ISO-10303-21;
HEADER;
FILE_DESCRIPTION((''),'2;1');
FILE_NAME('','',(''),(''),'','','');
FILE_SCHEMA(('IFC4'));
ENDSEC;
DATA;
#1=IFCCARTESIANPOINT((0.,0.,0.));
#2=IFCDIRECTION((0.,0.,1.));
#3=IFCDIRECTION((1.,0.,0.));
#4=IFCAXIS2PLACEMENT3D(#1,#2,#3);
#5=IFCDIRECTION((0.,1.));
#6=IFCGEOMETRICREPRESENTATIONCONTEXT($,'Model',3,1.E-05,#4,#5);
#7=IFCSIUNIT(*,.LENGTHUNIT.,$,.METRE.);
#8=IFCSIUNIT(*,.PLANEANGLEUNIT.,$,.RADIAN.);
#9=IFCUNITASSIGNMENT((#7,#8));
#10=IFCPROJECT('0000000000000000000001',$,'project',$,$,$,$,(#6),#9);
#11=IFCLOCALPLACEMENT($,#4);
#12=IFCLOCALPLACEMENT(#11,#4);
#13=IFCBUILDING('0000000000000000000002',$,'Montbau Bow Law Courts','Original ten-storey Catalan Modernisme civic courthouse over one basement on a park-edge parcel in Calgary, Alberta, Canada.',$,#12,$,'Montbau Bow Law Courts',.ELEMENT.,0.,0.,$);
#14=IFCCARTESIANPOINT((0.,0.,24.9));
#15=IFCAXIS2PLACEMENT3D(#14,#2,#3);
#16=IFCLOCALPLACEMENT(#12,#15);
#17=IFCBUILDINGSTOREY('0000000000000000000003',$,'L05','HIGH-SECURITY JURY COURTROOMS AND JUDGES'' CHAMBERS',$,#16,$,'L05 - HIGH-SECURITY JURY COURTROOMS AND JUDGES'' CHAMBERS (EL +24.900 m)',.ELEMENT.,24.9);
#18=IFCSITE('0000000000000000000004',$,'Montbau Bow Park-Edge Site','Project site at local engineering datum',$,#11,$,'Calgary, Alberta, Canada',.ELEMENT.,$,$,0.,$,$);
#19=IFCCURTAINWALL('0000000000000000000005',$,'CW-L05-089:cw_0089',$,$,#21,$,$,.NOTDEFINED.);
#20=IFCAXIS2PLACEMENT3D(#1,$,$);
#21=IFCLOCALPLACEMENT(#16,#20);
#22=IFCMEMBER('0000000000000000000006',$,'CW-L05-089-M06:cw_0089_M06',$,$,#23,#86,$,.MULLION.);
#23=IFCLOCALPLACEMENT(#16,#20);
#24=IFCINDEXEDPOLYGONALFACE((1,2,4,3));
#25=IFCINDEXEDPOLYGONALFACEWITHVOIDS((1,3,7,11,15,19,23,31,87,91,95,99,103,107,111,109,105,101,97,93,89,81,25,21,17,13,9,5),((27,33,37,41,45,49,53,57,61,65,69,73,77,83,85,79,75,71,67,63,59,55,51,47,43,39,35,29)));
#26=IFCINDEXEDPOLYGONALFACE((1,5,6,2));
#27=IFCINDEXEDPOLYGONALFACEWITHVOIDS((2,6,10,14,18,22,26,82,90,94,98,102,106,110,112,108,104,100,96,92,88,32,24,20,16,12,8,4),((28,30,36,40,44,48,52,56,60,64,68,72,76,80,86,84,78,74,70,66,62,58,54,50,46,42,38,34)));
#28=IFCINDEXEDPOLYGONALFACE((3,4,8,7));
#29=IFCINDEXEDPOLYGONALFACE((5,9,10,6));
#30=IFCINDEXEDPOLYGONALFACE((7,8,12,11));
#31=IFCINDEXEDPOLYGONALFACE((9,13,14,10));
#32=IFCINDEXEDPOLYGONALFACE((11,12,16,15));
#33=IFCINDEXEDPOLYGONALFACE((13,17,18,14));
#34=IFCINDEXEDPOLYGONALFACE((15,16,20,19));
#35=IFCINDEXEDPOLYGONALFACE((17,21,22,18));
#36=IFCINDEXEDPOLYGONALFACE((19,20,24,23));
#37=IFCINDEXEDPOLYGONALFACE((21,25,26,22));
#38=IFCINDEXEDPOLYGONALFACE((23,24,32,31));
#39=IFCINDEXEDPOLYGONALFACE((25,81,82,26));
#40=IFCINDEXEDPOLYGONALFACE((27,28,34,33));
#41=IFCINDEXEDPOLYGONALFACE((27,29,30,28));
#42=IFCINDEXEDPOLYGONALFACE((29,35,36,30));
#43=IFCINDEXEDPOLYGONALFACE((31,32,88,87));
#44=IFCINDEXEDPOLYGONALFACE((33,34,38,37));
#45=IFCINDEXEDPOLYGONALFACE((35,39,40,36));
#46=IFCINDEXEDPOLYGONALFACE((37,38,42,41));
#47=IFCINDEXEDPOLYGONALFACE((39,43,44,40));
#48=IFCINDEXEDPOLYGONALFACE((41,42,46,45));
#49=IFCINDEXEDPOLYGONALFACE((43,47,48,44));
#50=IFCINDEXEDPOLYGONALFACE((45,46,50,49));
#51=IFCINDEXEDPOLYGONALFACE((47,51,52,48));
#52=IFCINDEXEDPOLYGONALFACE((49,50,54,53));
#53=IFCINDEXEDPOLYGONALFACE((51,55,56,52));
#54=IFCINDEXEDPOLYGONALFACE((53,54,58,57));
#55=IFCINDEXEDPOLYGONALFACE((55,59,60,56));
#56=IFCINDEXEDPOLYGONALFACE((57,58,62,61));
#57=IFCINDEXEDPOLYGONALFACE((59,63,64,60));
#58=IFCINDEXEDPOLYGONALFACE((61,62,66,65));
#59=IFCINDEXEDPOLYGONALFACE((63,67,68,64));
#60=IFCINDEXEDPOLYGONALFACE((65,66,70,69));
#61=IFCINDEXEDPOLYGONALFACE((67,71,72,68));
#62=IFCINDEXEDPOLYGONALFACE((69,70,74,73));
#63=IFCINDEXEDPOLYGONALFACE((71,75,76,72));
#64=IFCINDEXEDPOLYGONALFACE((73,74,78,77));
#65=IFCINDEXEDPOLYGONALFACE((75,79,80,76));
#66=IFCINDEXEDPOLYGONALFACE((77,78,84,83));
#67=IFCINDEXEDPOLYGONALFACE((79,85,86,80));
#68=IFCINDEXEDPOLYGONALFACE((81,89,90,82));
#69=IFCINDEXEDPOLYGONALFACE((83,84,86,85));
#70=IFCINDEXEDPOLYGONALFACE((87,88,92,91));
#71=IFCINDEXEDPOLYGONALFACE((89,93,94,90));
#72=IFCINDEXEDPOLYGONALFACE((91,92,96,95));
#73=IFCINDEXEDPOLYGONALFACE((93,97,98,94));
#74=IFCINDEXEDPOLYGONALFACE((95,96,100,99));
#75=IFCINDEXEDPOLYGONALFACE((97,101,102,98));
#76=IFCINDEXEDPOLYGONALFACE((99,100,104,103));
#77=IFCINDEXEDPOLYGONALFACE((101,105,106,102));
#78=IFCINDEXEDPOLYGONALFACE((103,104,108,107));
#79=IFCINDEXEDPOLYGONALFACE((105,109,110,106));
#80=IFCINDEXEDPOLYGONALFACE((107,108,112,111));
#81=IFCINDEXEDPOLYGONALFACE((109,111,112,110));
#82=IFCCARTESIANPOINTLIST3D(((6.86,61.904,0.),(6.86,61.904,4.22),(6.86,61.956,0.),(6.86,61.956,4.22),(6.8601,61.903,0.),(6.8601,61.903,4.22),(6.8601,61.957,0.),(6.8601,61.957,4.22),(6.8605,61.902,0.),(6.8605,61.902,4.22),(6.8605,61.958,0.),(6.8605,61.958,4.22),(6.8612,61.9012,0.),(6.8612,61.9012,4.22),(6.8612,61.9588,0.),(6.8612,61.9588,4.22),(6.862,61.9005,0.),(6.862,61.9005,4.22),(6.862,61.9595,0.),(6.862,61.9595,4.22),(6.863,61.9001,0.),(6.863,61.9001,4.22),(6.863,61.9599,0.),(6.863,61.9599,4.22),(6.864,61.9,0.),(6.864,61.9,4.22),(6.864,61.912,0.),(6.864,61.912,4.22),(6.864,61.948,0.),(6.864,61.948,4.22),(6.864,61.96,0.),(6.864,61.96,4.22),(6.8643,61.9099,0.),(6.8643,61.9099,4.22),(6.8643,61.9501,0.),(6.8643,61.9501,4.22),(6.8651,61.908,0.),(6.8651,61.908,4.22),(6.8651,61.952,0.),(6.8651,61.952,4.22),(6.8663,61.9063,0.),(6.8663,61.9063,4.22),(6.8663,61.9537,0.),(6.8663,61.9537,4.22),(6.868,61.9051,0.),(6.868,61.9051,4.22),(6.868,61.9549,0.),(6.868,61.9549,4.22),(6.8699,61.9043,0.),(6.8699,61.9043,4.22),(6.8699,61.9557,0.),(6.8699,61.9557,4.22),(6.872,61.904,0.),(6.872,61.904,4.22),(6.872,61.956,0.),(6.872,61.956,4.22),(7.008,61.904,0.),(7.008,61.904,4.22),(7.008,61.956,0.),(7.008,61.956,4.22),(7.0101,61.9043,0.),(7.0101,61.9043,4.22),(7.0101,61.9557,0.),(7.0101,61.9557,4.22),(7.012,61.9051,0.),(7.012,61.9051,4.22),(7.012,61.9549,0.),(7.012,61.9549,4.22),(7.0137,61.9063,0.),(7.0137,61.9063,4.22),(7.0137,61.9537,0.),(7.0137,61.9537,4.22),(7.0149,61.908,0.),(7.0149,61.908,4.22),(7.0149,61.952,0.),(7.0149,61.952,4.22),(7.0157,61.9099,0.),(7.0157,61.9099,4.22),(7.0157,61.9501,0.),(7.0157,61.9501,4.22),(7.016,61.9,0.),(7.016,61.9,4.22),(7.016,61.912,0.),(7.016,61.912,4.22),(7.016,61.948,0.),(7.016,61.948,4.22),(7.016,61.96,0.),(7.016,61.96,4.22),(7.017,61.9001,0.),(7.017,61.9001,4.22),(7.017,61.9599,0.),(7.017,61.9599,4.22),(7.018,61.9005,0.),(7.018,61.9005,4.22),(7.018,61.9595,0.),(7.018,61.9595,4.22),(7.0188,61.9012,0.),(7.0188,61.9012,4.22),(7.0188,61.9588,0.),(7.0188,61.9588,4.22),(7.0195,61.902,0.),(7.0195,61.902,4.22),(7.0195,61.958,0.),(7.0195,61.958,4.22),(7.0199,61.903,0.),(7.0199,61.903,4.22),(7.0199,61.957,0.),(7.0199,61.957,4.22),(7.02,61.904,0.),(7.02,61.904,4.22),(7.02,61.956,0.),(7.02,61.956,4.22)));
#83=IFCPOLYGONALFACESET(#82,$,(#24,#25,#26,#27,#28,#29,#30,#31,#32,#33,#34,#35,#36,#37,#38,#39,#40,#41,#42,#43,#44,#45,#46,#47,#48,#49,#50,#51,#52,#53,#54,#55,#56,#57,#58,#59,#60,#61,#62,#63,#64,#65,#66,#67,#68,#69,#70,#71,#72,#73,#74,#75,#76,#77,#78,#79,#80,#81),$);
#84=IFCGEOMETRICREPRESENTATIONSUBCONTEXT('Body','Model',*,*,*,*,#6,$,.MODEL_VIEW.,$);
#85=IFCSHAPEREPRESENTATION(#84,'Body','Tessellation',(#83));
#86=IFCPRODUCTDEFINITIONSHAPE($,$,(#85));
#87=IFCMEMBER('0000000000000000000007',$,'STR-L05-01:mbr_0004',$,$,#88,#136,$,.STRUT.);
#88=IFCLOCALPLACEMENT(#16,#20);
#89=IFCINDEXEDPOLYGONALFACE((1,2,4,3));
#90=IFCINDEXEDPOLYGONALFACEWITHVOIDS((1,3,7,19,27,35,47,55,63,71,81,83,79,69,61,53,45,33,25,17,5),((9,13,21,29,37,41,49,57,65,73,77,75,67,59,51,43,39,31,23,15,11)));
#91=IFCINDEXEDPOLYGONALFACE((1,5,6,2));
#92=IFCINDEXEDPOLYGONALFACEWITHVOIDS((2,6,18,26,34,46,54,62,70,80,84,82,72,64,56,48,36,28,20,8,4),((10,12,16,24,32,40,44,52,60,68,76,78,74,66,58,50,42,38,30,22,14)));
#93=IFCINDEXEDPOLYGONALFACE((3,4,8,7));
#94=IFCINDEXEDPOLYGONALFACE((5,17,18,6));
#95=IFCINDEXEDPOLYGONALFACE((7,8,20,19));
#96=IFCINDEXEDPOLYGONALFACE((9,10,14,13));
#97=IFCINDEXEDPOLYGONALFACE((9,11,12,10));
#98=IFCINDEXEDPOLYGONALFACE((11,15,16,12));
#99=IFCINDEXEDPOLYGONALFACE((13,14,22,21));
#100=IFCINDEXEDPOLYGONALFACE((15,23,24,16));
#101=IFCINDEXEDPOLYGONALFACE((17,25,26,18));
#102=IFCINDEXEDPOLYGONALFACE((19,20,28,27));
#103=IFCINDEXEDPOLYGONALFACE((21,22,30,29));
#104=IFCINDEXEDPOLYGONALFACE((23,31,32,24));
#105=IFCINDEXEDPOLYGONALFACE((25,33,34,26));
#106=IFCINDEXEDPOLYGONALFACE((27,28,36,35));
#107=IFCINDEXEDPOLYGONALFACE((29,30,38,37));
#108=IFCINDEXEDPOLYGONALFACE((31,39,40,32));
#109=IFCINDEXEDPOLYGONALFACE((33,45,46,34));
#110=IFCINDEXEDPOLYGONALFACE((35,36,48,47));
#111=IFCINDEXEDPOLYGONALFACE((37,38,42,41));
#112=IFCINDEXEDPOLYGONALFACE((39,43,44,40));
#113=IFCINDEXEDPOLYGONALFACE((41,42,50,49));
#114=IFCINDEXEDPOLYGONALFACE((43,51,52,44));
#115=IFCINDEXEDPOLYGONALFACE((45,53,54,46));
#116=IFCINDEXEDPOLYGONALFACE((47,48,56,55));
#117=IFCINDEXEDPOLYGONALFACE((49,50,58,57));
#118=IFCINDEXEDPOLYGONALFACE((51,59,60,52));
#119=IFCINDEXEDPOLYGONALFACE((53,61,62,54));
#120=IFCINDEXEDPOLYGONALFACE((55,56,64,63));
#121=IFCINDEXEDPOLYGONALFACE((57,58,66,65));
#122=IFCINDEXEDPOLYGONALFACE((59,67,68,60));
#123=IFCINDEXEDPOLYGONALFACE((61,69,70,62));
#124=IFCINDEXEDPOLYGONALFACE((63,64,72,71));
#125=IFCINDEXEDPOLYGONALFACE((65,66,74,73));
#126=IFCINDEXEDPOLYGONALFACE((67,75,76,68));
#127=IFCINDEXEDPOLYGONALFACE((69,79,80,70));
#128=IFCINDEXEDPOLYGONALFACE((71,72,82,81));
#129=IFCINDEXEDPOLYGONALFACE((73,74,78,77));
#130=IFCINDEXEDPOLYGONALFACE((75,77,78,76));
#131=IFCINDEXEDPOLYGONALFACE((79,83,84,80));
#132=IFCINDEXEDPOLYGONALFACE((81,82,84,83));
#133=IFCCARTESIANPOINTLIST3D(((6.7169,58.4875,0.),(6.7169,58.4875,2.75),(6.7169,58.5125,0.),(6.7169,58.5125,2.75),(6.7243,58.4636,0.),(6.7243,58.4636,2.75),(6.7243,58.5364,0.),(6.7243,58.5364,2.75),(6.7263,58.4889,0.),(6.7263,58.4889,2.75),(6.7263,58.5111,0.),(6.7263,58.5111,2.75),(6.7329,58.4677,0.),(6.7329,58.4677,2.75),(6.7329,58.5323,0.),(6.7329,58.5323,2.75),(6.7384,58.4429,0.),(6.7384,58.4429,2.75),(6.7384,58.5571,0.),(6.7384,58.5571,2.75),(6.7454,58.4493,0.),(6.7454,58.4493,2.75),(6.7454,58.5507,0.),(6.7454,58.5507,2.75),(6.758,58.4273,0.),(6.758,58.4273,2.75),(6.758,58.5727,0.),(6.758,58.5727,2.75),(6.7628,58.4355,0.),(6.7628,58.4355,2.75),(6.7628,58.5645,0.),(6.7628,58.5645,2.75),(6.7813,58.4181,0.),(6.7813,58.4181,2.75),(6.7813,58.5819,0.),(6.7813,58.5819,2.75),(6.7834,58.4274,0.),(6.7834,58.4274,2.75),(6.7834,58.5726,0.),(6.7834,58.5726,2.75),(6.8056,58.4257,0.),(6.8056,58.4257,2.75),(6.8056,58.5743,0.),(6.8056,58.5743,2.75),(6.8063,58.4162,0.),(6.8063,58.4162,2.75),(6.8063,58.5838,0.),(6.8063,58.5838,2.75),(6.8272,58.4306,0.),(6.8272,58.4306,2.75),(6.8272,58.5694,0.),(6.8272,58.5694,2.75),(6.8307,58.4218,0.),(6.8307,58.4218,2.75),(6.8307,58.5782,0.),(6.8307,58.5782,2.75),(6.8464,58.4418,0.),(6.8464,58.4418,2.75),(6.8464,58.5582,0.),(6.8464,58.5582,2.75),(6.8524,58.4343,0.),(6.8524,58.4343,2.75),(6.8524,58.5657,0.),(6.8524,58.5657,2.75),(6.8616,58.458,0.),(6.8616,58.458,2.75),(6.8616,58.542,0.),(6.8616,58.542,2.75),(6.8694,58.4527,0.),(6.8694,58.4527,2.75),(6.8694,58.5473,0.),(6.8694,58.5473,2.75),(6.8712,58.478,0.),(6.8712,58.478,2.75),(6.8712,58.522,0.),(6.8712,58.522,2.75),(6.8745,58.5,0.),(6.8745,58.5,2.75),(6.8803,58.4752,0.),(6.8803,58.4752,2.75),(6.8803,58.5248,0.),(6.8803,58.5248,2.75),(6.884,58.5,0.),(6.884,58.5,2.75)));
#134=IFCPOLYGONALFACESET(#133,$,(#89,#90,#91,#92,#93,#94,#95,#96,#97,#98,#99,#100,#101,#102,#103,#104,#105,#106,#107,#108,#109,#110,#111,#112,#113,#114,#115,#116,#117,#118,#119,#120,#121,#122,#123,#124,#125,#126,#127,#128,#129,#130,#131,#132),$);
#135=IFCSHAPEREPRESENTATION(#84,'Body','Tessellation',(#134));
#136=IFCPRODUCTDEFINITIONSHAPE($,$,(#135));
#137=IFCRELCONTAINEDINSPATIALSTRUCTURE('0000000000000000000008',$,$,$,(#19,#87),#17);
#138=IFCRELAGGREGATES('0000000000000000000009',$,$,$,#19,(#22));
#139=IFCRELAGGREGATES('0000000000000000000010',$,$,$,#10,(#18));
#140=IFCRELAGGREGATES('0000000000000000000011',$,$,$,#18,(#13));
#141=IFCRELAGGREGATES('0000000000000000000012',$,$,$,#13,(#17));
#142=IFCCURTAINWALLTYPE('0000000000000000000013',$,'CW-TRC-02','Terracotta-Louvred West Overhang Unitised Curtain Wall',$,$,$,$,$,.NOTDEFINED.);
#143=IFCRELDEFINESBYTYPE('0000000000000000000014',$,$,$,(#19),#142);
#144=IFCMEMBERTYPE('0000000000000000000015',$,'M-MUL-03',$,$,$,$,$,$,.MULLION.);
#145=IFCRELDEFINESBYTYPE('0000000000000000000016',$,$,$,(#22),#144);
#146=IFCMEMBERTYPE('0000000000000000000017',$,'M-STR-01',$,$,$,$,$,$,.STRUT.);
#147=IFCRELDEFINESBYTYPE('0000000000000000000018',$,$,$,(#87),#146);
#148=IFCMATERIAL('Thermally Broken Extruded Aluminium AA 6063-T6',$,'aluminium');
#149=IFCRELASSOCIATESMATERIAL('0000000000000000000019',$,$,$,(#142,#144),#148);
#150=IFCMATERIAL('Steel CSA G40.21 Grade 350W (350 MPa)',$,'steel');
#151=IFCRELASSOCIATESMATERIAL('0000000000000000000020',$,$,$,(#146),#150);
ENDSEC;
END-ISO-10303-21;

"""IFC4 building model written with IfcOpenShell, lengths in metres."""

from ifc_helpers import new_model, si_unit, direction, frame, origin_with_axes, origin_2d_with_axis, place, context, subcontext, project, spatial, hollow_rectangle, hollow_circle, extrude, material, material_profile, profile_set, type_object, element, aggregate, save


model = new_model("IFC4")

# Units and contexts
model_context = context("Model", 3, precision=1e-05, world=origin_with_axes(), true_north=direction((0.0, 1.0)))
body_context = subcontext(model_context, "Body", "Model", "MODEL_VIEW")
ifc_project = project(units=[si_unit("LENGTHUNIT", "METRE"), si_unit("PLANEANGLEUNIT", "RADIAN")], contexts=[model_context])

# Site, building, storey
site_placement = place(None, origin_with_axes())
site = spatial("IfcSite", under=ifc_project, at=site_placement, Name="Montbau Bow Park-Edge Site", Description="Project site at local engineering datum", LongName="Calgary, Alberta, Canada", CompositionType="ELEMENT", RefElevation=0.0)
building_placement = place(site_placement, origin_with_axes())
building = spatial("IfcBuilding", under=site, at=building_placement, Name="Montbau Bow Law Courts", Description="Original ten-storey Catalan Modernisme civic courthouse over one basement on a park-edge parcel in Calgary, Alberta, Canada.", LongName="Montbau Bow Law Courts", CompositionType="ELEMENT", ElevationOfRefHeight=0.0, ElevationOfTerrain=0.0)
storey_placement = place(building_placement, frame((0.0, 0.0, 24.9), z_axis=(0.0, 0.0, 1.0), x_axis=(1.0, 0.0, 0.0)))
storey = spatial("IfcBuildingStorey", under=building, at=storey_placement, Name="L05", Description="HIGH-SECURITY JURY COURTROOMS AND JUDGES' CHAMBERS", LongName="L05 - HIGH-SECURITY JURY COURTROOMS AND JUDGES' CHAMBERS (EL +24.900 m)", CompositionType="ELEMENT", Elevation=24.9)

# Curtain wall, member
ifc_material_1 = material(Name="Thermally Broken Extruded Aluminium AA 6063-T6", Category="aluminium")
curtain_wall_type = type_object("IfcCurtainWallType", Name="CW-TRC-02", Description="Terracotta-Louvred West Overhang Unitised Curtain Wall", PredefinedType="NOTDEFINED", material=ifc_material_1)
curtain_wall_placement = place(None, frame((6.94, 55.04, 24.9), z_axis=(0.0, 0.0, 1.0), x_axis=(1.0, 0.0, 0.0)))
curtain_wall = element("IfcCurtainWall", 1, at=curtain_wall_placement, inside=storey, type_object=curtain_wall_type, Name="CW-L05-089:cw_0089", PredefinedType="NOTDEFINED")
ifc_material_profile_1 = material_profile(ifc_material_1, hollow_rectangle(XDim=0.06, YDim=0.16, WallThickness=0.004, InnerFilletRadius=0.008, OuterFilletRadius=0.004, at=origin_2d_with_axis()), Name="CWM-160X60", Category="Main", Priority=0)
ifc_profile_set_1 = profile_set([ifc_material_profile_1], Name="Thermally Broken Extruded Aluminium AA 6063-T6")
member_type_1 = type_object("IfcMemberType", Name="M-MUL-03", PredefinedType="MULLION", material=ifc_profile_set_1)
member_1_placement = place(None, frame((6.94, 61.93, 24.9), z_axis=(0.0, 0.0, 1.0), x_axis=(0.0, 1.0, 0.0)))
member_1 = element("IfcMember", 2, at=member_1_placement, type_object=member_type_1, Name="CW-L05-089-M06:cw_0089_M06", PredefinedType="MULLION", context=body_context, shape_type="SweptSolid", body=[
    extrude(hollow_rectangle(XDim=0.06, YDim=0.16, WallThickness=0.004, InnerFilletRadius=0.008, OuterFilletRadius=0.004, at=origin_2d_with_axis()), origin_with_axes(), (0.0, 0.0, 1.0), 4.22),
])

# Member
ifc_material_2 = material(Name="Steel CSA G40.21 Grade 350W (350 MPa)", Category="steel")
ifc_material_profile_2 = material_profile(ifc_material_2, hollow_circle(Radius=0.084, WallThickness=0.0095, at=origin_2d_with_axis()), Name="HSS168X9.5", Category="Main", Priority=0)
ifc_profile_set_2 = profile_set([ifc_material_profile_2], Name="Steel CSA G40.21 Grade 350W (350 MPa)")
member_type_2 = type_object("IfcMemberType", Name="M-STR-01", PredefinedType="STRUT", material=ifc_profile_set_2)
member_2_placement = place(None, frame((6.8, 58.5, 24.9), z_axis=(0.0, 0.0, 1.0), x_axis=(1.0, 0.0, 0.0)))
element("IfcMember", 3, at=member_2_placement, inside=storey, type_object=member_type_2, Name="STR-L05-01:mbr_0004", PredefinedType="STRUT", context=body_context, shape_type="SweptSolid", body=[
    extrude(hollow_circle(Radius=0.084, WallThickness=0.0095, at=origin_2d_with_axis()), origin_with_axes(), (0.0, 0.0, 1.0), 2.75),
])
aggregate(curtain_wall, [member_1])

save(model, "model.ifc")
